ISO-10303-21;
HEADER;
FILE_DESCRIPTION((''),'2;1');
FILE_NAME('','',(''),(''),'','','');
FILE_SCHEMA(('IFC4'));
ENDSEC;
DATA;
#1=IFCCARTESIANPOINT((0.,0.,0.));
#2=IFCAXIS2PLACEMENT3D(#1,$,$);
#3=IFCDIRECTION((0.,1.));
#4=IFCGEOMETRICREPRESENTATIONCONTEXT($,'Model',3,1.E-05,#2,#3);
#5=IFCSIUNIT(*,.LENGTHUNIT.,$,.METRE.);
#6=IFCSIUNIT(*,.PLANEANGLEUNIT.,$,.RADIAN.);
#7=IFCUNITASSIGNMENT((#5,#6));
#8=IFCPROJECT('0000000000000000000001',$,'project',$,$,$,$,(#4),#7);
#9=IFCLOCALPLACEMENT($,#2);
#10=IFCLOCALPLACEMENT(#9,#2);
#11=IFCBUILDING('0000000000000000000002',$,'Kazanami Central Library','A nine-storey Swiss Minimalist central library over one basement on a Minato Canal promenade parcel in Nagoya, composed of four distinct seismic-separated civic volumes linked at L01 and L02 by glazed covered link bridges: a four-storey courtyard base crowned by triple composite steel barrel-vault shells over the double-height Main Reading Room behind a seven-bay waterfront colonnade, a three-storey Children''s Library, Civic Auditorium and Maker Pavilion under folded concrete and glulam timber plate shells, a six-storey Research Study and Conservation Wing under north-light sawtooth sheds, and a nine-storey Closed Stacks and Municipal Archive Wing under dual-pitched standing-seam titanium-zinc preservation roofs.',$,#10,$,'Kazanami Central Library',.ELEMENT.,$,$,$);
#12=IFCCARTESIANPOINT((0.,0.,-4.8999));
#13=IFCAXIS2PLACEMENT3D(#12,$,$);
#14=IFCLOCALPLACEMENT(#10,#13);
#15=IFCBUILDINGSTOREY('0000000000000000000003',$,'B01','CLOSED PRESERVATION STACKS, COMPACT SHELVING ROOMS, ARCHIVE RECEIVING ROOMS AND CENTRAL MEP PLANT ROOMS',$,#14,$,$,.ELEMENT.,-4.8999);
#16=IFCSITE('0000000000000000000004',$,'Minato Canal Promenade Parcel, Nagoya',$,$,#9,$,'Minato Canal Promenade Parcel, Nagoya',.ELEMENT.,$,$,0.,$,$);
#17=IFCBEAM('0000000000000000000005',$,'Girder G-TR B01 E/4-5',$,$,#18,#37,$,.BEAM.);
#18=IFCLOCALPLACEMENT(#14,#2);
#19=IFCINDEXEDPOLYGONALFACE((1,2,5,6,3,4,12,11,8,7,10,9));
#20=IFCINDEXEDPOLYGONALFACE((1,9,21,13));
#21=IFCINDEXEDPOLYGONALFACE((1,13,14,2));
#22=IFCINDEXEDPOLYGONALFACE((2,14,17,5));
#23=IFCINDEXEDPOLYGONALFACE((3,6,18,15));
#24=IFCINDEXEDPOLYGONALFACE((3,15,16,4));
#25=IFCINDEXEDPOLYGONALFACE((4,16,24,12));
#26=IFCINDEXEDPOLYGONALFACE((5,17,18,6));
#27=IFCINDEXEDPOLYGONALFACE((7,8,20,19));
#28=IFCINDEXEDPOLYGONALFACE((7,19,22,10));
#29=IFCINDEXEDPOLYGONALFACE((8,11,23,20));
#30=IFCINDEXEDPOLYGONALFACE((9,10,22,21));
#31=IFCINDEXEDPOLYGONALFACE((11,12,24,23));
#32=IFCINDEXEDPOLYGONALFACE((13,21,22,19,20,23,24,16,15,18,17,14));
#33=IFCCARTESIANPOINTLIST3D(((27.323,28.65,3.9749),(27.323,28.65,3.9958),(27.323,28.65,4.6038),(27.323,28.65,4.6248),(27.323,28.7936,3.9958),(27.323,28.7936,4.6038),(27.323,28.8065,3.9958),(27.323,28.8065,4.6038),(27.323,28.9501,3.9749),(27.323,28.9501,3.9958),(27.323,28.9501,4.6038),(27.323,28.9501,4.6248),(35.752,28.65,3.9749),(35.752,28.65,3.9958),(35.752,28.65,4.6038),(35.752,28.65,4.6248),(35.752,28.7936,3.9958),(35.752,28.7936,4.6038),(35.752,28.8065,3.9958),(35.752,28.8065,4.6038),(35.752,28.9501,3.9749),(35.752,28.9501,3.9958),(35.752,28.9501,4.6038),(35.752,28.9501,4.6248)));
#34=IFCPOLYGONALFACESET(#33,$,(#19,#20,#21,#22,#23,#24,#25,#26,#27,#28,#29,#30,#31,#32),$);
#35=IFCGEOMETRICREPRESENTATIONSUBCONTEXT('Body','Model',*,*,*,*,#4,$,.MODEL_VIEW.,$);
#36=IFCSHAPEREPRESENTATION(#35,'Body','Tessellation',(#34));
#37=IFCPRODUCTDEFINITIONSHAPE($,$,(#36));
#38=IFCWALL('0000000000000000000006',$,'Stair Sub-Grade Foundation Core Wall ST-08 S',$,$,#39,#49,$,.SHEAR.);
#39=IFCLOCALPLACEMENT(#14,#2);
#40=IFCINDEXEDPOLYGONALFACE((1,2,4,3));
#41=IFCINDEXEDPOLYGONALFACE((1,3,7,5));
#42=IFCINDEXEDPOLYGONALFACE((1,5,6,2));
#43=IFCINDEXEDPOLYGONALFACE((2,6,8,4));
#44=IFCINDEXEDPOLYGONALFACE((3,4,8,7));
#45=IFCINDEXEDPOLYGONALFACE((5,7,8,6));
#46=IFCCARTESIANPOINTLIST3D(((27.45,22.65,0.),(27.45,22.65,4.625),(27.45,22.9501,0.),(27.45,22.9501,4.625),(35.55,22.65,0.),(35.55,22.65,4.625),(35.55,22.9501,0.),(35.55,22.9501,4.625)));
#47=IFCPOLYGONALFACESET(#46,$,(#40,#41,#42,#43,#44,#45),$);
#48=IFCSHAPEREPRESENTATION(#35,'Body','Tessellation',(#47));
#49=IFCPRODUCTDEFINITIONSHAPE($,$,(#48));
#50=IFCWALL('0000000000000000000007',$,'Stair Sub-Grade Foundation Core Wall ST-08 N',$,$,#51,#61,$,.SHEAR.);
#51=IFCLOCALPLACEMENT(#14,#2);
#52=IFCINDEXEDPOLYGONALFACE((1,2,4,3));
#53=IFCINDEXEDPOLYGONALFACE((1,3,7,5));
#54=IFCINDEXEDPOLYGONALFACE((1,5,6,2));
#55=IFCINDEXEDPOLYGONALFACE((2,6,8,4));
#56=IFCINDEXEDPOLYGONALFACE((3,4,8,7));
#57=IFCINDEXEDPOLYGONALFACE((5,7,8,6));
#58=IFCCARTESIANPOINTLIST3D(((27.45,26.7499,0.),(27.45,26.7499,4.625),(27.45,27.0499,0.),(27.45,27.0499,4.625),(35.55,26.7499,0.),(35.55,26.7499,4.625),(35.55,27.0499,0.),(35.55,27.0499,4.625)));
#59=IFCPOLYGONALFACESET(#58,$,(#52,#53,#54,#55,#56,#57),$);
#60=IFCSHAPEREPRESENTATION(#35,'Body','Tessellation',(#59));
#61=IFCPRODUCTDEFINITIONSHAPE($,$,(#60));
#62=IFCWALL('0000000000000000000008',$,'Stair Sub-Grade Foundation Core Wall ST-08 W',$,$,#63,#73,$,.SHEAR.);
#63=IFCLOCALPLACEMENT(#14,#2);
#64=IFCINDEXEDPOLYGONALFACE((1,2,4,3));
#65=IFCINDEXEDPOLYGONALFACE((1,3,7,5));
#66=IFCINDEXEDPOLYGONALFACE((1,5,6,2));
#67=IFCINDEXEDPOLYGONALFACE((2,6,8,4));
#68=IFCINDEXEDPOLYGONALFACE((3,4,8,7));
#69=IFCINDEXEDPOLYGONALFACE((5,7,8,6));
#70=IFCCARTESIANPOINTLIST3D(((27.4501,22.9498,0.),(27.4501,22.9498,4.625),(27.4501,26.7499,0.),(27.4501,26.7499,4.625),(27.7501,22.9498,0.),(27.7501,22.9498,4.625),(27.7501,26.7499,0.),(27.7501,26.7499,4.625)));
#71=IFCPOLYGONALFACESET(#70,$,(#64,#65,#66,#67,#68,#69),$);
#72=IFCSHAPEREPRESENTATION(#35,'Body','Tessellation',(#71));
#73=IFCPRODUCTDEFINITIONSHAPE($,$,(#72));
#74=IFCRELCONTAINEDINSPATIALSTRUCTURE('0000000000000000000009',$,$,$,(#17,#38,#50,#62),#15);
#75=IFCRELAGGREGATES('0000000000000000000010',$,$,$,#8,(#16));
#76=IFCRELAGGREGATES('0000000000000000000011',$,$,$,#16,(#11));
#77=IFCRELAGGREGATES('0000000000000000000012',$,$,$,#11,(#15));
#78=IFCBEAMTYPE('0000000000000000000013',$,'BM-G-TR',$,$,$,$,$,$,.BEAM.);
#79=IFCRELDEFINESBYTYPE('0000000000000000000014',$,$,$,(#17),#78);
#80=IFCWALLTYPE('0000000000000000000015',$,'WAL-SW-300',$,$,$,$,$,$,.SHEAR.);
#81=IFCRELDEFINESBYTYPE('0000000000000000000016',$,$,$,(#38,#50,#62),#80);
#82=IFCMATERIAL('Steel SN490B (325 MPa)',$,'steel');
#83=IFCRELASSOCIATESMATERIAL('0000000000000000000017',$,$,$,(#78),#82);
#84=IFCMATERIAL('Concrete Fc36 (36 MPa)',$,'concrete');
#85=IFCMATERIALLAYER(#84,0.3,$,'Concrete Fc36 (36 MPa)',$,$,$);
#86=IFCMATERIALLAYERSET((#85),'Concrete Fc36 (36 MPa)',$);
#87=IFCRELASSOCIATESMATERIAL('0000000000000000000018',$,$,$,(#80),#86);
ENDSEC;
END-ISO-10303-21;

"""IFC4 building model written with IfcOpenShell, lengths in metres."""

from ifc_helpers import new_model, si_unit, direction, frame, frame_2d, origin, origin_2d, place, context, subcontext, project, spatial, rectangle, i_section, extrude, material, layer, layer_set, material_profile, profile_set, type_object, element, save


model = new_model("IFC4")

# Units and contexts
model_context = context("Model", 3, precision=1e-05, world=origin(), true_north=direction((0.0, 1.0)))
body_context = subcontext(model_context, "Body", "Model", "MODEL_VIEW")
ifc_project = project(units=[si_unit("LENGTHUNIT", "METRE"), si_unit("PLANEANGLEUNIT", "RADIAN")], contexts=[model_context])

# Site, building, storey
site_placement = place(None, origin())
site = spatial("IfcSite", under=ifc_project, at=site_placement, Name="Minato Canal Promenade Parcel, Nagoya", LongName="Minato Canal Promenade Parcel, Nagoya", CompositionType="ELEMENT", RefElevation=0.0)
building_placement = place(site_placement, origin())
building = spatial("IfcBuilding", under=site, at=building_placement, Name="Kazanami Central Library", Description="A nine-storey Swiss Minimalist central library over one basement on a Minato Canal promenade parcel in Nagoya, composed of four distinct seismic-separated civic volumes linked at L01 and L02 by glazed covered link bridges: a four-storey courtyard base crowned by triple composite steel barrel-vault shells over the double-height Main Reading Room behind a seven-bay waterfront colonnade, a three-storey Children's Library, Civic Auditorium and Maker Pavilion under folded concrete and glulam timber plate shells, a six-storey Research Study and Conservation Wing under north-light sawtooth sheds, and a nine-storey Closed Stacks and Municipal Archive Wing under dual-pitched standing-seam titanium-zinc preservation roofs.", LongName="Kazanami Central Library", CompositionType="ELEMENT")
storey_placement = place(building_placement, frame((0.0, 0.0, -4.8999)))
storey = spatial("IfcBuildingStorey", under=building, at=storey_placement, Name="B01", Description="CLOSED PRESERVATION STACKS, COMPACT SHELVING ROOMS, ARCHIVE RECEIVING ROOMS AND CENTRAL MEP PLANT ROOMS", CompositionType="ELEMENT", Elevation=-4.8999)

# Shared definitions
ifc_material_1 = material(Name="Concrete Fc36 (36 MPa)", Category="concrete")

# Beam
ifc_material_2 = material(Name="Steel SN490B (325 MPa)", Category="steel")
ifc_material_profile_1 = material_profile(ifc_material_2, i_section(OverallWidth=0.3, OverallDepth=0.6499, WebThickness=0.0129, FlangeThickness=0.021, at=origin_2d()), Name="H-650x300x13x21")
ifc_profile_set_1 = profile_set([ifc_material_profile_1], Name="Steel SN490B (325 MPa)")
beam_type_1 = type_object("IfcBeamType", Name="BM-G-TR", PredefinedType="BEAM", material=ifc_profile_set_1)
beam_1_placement = place(storey_placement, frame((27.323, 28.8, 4.2998), z_axis=(1.0, 0.0, 0.0), x_axis=(0.0, 1.0, 0.0)))
element("IfcBeam", 1, at=beam_1_placement, inside=storey, type_object=beam_type_1, Name="Girder G-TR B01 E/4-5", PredefinedType="BEAM", context=body_context, shape_type="SweptSolid", body=[
    extrude(i_section(OverallWidth=0.3, OverallDepth=0.6499, WebThickness=0.0129, FlangeThickness=0.021, at=origin_2d()), origin(), (0.0, 0.0, 1.0), 8.429),
])

# Walls
ifc_layer = layer(ifc_material_1, 0.3, Name="Concrete Fc36 (36 MPa)")
ifc_layer_set = layer_set([ifc_layer], Name="Concrete Fc36 (36 MPa)")
wall_type = type_object("IfcWallType", Name="WAL-SW-300", PredefinedType="SHEAR", material=ifc_layer_set)
for number, where, z_axis, x_axis, name in (
    (2, (27.45, 22.8, 0.0), (0.0, 0.0, 1.0), (1.0, 0.0, 0.0), "Stair Sub-Grade Foundation Core Wall ST-08 S"),
    (3, (27.45, 26.8999, 0.0), (0.0, 0.0, 1.0), (1.0, 0.0, 0.0), "Stair Sub-Grade Foundation Core Wall ST-08 N"),
):
    element("IfcWall", number, at=place(storey_placement, frame(where, z_axis=z_axis, x_axis=x_axis)), inside=storey, type_object=wall_type, Name=name, PredefinedType="SHEAR", context=body_context, shape_type="SweptSolid", body=[
        extrude(rectangle(XDim=8.1001, YDim=0.3, at=frame_2d((4.05, 0.0))), origin(), (0.0, 0.0, 1.0), 4.625),
    ])
wall_placement = place(storey_placement, frame((27.6001, 22.95, 0.0), z_axis=(0.0, 0.0, 1.0), x_axis=(0.0, 1.0, 0.0)))
element("IfcWall", 4, at=wall_placement, inside=storey, type_object=wall_type, Name="Stair Sub-Grade Foundation Core Wall ST-08 W", PredefinedType="SHEAR", context=body_context, shape_type="SweptSolid", body=[
    extrude(rectangle(XDim=3.8, YDim=0.3, at=frame_2d((1.8999, 0.0))), origin(), (0.0, 0.0, 1.0), 4.625),
])

save(model, "model.ifc")
